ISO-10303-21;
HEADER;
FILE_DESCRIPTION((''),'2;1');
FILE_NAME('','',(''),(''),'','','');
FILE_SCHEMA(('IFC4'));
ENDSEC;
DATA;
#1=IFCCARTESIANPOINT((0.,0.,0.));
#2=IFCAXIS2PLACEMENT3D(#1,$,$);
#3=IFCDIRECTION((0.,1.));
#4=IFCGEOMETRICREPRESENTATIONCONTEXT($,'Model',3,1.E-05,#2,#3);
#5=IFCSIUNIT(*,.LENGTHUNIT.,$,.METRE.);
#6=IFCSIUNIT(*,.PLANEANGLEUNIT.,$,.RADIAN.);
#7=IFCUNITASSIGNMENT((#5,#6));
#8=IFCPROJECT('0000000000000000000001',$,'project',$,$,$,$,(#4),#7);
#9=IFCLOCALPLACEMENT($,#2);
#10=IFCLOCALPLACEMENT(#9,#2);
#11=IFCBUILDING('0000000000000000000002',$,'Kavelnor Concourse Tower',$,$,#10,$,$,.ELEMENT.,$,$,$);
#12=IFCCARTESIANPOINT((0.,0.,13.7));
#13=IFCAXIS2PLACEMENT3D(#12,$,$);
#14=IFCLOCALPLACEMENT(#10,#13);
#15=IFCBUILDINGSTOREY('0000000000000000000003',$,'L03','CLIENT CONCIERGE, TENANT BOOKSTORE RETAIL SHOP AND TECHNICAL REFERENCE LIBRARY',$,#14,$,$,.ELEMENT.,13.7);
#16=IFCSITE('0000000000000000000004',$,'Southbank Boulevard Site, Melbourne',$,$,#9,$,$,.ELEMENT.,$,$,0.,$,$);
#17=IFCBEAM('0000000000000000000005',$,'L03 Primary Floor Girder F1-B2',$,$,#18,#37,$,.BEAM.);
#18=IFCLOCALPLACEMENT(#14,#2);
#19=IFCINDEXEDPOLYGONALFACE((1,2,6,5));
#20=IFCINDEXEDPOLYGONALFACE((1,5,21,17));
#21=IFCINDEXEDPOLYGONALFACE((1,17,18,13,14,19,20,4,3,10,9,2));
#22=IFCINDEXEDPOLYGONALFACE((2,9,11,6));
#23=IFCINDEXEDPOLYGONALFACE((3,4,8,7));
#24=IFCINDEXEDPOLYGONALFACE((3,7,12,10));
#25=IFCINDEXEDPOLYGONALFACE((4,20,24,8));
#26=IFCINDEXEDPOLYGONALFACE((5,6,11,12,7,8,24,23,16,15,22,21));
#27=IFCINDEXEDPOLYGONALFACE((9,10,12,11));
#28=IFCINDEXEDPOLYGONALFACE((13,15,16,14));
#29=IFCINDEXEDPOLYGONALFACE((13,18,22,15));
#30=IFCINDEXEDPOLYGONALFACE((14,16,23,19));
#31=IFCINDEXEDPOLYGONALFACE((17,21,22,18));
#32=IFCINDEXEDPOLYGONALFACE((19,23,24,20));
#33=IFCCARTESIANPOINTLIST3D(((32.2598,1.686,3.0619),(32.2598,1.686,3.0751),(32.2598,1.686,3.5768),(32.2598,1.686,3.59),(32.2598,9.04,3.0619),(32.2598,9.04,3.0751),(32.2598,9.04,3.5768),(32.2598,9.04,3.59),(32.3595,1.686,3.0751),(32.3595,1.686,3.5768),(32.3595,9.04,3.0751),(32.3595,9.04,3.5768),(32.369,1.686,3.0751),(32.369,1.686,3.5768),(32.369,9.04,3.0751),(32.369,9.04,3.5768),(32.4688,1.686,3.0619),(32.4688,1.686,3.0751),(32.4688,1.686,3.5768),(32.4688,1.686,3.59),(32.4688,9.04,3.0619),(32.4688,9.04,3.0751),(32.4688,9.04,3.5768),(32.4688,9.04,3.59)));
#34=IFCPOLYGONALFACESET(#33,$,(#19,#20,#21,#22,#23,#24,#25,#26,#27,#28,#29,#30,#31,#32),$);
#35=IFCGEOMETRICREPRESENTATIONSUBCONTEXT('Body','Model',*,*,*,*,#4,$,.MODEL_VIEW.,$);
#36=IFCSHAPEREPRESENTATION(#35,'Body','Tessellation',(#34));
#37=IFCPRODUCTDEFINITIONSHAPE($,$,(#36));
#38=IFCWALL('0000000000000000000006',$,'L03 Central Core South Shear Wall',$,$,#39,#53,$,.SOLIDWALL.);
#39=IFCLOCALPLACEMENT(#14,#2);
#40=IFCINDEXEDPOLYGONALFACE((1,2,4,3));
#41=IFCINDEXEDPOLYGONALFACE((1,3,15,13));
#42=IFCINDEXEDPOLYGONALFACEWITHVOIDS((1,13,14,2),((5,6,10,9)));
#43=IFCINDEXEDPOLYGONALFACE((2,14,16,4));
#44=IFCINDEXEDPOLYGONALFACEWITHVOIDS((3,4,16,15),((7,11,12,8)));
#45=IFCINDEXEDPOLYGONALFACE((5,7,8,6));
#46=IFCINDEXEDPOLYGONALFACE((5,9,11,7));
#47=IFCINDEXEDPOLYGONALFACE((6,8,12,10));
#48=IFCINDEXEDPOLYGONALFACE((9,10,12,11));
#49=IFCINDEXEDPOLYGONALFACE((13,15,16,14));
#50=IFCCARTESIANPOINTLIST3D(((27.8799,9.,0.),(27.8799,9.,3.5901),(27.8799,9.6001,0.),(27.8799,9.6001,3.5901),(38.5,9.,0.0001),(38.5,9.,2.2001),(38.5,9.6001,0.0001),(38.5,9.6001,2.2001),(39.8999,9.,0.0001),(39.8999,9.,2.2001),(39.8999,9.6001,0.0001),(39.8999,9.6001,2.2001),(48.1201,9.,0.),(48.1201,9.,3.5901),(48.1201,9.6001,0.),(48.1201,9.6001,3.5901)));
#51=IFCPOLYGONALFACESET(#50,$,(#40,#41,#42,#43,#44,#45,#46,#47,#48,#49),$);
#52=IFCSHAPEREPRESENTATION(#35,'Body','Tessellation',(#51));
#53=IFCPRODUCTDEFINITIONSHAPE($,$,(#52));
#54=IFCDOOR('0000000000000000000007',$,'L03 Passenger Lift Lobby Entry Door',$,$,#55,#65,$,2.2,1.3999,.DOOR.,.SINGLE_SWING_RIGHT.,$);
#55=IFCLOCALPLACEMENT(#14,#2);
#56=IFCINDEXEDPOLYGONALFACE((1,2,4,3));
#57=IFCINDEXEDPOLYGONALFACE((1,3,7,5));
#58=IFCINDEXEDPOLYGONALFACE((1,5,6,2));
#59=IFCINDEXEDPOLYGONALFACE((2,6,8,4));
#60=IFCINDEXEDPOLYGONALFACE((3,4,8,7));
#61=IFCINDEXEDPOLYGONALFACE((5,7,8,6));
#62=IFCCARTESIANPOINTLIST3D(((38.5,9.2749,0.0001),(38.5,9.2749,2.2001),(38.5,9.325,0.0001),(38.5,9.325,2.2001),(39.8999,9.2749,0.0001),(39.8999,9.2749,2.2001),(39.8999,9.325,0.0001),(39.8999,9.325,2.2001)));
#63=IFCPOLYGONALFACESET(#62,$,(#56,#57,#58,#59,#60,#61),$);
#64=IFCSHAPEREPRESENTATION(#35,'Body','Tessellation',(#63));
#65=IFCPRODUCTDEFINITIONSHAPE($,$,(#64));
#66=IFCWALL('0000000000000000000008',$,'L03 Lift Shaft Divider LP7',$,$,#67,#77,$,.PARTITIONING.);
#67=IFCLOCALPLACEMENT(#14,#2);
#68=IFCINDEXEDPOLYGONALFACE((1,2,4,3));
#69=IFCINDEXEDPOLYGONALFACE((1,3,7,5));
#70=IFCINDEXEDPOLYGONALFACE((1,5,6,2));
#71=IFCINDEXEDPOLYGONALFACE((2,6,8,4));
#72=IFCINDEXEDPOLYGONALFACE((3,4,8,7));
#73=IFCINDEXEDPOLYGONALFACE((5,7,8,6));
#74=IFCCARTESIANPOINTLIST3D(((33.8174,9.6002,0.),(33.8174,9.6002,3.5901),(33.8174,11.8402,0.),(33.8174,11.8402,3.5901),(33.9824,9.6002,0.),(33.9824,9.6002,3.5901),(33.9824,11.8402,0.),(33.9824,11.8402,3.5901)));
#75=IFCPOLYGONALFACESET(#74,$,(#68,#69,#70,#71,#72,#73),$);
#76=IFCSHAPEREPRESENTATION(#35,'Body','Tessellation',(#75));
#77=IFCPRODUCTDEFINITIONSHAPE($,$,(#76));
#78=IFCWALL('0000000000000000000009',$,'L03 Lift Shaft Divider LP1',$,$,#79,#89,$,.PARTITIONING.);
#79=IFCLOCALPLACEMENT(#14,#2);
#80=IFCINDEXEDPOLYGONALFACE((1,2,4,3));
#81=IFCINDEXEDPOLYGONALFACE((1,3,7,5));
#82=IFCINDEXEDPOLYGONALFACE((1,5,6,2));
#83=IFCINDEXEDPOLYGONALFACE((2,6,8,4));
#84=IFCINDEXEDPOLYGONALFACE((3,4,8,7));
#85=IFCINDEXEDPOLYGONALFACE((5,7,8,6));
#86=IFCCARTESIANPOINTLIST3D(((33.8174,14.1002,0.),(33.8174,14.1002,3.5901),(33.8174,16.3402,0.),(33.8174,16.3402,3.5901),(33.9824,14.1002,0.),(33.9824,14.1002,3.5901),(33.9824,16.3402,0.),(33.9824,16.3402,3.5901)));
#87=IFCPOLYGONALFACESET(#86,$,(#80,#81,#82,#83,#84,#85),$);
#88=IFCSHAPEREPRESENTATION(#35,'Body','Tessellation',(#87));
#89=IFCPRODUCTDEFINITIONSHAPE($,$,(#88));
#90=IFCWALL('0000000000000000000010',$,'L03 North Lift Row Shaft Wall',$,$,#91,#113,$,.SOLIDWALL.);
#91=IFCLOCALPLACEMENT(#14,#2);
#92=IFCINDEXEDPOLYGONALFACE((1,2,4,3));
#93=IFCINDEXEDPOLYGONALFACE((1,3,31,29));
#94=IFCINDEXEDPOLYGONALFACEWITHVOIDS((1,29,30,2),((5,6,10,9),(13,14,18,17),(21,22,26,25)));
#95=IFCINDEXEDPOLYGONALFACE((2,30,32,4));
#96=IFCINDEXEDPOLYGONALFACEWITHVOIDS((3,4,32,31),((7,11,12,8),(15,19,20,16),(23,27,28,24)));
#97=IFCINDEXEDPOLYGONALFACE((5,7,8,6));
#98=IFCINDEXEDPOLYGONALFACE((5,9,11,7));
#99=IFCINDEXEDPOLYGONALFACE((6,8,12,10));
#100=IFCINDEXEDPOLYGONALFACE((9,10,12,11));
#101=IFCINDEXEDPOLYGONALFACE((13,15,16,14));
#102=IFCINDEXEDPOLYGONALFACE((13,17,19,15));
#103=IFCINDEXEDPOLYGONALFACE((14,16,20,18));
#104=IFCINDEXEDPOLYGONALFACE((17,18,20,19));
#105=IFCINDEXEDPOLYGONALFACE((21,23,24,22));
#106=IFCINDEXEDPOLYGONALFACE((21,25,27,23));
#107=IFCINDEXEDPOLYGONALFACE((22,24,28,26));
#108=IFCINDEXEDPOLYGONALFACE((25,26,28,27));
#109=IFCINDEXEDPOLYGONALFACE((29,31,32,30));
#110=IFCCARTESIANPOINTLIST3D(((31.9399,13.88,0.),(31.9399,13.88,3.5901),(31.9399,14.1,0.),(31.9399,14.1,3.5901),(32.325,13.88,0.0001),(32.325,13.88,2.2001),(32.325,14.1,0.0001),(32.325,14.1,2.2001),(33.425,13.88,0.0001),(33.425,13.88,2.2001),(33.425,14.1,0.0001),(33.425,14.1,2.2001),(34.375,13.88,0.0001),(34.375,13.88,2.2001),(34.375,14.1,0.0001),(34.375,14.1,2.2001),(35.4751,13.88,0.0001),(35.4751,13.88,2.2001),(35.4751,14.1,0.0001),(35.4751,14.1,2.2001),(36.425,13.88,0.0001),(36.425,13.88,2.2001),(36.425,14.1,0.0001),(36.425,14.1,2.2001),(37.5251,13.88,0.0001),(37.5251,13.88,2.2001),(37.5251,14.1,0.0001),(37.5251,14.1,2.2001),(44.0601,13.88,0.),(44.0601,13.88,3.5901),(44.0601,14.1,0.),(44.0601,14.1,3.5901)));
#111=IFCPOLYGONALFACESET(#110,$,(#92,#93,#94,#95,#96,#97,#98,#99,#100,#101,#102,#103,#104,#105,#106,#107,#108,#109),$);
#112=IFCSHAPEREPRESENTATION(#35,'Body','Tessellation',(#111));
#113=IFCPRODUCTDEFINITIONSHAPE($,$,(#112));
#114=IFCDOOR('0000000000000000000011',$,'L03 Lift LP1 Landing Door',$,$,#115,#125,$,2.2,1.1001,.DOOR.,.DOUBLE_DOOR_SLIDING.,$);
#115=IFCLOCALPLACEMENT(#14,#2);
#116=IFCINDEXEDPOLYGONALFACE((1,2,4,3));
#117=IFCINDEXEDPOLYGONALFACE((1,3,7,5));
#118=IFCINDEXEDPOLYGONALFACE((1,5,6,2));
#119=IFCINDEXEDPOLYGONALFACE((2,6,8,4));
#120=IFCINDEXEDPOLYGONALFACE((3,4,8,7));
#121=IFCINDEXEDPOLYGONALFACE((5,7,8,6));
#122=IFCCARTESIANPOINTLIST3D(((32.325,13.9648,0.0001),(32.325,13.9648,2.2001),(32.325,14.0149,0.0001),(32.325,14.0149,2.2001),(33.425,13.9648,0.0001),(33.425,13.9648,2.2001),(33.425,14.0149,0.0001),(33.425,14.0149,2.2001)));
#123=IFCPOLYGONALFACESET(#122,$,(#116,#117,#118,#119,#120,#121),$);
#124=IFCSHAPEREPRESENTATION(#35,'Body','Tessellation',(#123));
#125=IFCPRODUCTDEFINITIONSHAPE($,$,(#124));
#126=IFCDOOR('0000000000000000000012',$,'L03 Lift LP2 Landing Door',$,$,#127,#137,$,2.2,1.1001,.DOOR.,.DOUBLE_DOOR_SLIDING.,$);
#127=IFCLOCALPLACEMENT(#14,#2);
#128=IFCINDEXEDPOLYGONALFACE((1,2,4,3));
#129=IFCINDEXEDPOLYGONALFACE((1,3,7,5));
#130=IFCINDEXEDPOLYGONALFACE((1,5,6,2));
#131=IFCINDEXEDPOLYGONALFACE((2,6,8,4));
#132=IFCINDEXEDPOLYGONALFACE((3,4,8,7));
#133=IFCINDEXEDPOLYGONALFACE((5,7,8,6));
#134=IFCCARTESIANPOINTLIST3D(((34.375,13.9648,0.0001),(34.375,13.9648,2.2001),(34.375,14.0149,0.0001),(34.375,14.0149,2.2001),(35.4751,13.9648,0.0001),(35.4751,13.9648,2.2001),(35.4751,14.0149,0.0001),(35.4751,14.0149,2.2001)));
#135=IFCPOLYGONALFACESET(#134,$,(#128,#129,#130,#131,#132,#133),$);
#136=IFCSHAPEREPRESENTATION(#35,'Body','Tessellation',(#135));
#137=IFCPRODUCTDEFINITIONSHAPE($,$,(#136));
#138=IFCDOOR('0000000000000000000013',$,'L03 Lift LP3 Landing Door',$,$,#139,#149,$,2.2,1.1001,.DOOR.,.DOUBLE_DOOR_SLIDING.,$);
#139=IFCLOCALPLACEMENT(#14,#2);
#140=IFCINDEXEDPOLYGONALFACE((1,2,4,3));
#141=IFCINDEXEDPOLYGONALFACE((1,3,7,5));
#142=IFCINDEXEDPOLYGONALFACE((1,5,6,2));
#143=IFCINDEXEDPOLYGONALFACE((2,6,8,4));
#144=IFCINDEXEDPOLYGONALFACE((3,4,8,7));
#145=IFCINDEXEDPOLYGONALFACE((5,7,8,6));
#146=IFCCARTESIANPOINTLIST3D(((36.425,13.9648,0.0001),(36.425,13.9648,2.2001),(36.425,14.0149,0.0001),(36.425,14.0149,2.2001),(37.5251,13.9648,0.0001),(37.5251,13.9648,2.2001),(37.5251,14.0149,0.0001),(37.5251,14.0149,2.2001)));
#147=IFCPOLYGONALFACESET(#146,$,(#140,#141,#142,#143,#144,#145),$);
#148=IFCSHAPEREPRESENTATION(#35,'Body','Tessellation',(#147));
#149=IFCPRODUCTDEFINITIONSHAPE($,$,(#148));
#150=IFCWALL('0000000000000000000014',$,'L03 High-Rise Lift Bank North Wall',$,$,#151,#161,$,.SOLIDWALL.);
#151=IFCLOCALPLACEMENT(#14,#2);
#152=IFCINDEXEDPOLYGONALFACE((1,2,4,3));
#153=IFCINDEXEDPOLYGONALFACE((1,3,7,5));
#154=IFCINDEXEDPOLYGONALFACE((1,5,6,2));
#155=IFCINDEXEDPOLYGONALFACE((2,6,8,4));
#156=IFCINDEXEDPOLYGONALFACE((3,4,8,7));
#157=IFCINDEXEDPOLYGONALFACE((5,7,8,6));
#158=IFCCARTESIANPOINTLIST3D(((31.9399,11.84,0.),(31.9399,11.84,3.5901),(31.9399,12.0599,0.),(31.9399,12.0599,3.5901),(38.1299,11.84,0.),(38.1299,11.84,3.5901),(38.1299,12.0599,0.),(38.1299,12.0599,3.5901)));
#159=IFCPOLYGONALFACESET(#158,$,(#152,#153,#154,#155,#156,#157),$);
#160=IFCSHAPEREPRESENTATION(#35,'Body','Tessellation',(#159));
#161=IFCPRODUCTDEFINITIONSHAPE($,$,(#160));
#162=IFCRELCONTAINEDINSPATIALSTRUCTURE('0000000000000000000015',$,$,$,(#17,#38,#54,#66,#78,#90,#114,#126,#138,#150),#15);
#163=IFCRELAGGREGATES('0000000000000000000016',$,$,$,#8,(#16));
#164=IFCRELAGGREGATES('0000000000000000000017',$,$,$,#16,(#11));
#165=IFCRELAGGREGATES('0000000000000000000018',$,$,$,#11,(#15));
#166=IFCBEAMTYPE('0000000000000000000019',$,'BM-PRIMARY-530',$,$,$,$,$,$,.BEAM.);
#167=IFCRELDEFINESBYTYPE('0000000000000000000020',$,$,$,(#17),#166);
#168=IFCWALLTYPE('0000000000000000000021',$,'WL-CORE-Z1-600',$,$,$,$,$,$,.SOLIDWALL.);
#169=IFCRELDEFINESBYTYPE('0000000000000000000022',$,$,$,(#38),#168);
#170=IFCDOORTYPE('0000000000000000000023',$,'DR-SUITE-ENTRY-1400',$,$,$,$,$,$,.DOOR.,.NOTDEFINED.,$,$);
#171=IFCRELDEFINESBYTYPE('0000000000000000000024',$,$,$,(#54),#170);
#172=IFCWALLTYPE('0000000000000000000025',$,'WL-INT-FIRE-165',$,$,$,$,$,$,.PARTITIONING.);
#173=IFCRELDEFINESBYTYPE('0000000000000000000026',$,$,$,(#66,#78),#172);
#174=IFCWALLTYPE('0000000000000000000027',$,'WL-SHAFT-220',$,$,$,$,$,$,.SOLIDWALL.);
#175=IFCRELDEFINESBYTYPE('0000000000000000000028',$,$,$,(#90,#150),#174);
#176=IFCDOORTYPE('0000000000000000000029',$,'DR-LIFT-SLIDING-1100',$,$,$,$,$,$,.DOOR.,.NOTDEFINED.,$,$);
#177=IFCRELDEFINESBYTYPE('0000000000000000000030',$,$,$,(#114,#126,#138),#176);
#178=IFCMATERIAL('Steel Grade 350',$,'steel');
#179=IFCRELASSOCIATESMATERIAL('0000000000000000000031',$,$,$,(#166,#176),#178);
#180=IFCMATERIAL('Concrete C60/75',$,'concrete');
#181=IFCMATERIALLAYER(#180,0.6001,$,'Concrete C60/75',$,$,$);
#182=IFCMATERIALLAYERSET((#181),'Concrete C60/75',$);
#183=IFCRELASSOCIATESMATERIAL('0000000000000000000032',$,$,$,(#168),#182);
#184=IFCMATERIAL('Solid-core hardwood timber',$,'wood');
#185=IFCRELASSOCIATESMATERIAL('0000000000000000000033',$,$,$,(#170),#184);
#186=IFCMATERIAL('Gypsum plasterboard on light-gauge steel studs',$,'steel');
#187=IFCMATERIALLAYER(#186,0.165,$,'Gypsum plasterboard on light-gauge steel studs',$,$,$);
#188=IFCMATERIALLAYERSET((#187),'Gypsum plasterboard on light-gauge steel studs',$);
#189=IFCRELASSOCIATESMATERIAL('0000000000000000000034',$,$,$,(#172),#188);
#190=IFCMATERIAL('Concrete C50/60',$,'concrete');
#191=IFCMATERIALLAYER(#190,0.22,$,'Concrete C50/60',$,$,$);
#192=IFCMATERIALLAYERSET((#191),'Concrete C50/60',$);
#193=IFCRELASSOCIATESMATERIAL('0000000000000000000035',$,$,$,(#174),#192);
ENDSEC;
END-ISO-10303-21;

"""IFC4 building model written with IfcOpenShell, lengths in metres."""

from ifc_helpers import new_model, si_unit, direction, frame, frame_2d, origin, origin_2d, place, context, subcontext, project, spatial, rectangle, i_section, extrude, material, layer, layer_set, material_profile, profile_set, type_object, element, fill, save


model = new_model("IFC4")

# Units and contexts
model_context = context("Model", 3, precision=1e-05, world=origin(), true_north=direction((0.0, 1.0)))
body_context = subcontext(model_context, "Body", "Model", "MODEL_VIEW")
ifc_project = project(units=[si_unit("LENGTHUNIT", "METRE"), si_unit("PLANEANGLEUNIT", "RADIAN")], contexts=[model_context])

# Site, building, storey
site_placement = place(None, origin())
site = spatial("IfcSite", under=ifc_project, at=site_placement, Name="Southbank Boulevard Site, Melbourne", CompositionType="ELEMENT", RefElevation=0.0)
building_placement = place(site_placement, origin())
building = spatial("IfcBuilding", under=site, at=building_placement, Name="Kavelnor Concourse Tower", CompositionType="ELEMENT")
storey_placement = place(building_placement, frame((0.0, 0.0, 13.7)))
storey = spatial("IfcBuildingStorey", under=building, at=storey_placement, Name="L03", Description="CLIENT CONCIERGE, TENANT BOOKSTORE RETAIL SHOP AND TECHNICAL REFERENCE LIBRARY", CompositionType="ELEMENT", Elevation=13.7)

# Beam
ifc_material_1 = material(Name="Steel Grade 350", Category="steel")
ifc_material_profile = material_profile(ifc_material_1, i_section(OverallWidth=0.209, OverallDepth=0.5281, WebThickness=0.0095, FlangeThickness=0.0132, at=origin_2d()), Name="530UB82")
ifc_profile_set = profile_set([ifc_material_profile], Name="Steel Grade 350")
beam_type = type_object("IfcBeamType", Name="BM-PRIMARY-530", PredefinedType="BEAM", material=ifc_profile_set)
beam_placement = place(storey_placement, frame((32.3643, 9.04, 3.3259), z_axis=(0.0, -1.0, 0.0), x_axis=(1.0, 0.0, 0.0)))
element("IfcBeam", 1, at=beam_placement, inside=storey, type_object=beam_type, Name="L03 Primary Floor Girder F1-B2", PredefinedType="BEAM", context=body_context, shape_type="SweptSolid", body=[
    extrude(i_section(OverallWidth=0.209, OverallDepth=0.5281, WebThickness=0.0095, FlangeThickness=0.0132, at=origin_2d()), origin(), (0.0, 0.0, 1.0), 7.354),
])

# Wall, opening, door
ifc_material_2 = material(Name="Concrete C60/75", Category="concrete")
ifc_layer_1 = layer(ifc_material_2, 0.6001, Name="Concrete C60/75")
ifc_layer_set_1 = layer_set([ifc_layer_1], Name="Concrete C60/75")
wall_type_1 = type_object("IfcWallType", Name="WL-CORE-Z1-600", PredefinedType="SOLIDWALL", material=ifc_layer_set_1)
wall_1_placement = place(storey_placement, frame((27.8799, 9.3, 0.0), z_axis=(0.0, 0.0, 1.0), x_axis=(1.0, 0.0, 0.0)))
wall_1 = element("IfcWall", 2, at=wall_1_placement, inside=storey, type_object=wall_type_1, Name="L03 Central Core South Shear Wall", PredefinedType="SOLIDWALL", context=body_context, shape_type="SweptSolid", body=[
    extrude(rectangle(XDim=20.2402, YDim=0.6001, at=frame_2d((10.1201, 0.0))), origin(), (0.0, 0.0, 1.0), 3.5901),
])
opening_1_placement = place(wall_1_placement, frame((10.6201, 0.0, 0.0)))
opening_1 = element("IfcOpeningElement", 3, at=opening_1_placement, cuts=wall_1, PredefinedType="OPENING", context=body_context, shape_type="SweptSolid", body=[
    extrude(rectangle(XDim=1.3999, YDim=2.2, at=frame_2d((0.7, 1.1001))), frame((0.0, 0.3101, 0.0), z_axis=(0.0, -1.0, 0.0), x_axis=(1.0, 0.0, 0.0)), (0.0, 0.0, 1.0), 0.6201),
])
ifc_material_3 = material(Name="Solid-core hardwood timber", Category="wood")
door_type_1 = type_object("IfcDoorType", Name="DR-SUITE-ENTRY-1400", OperationType="NOTDEFINED", PredefinedType="DOOR", material=ifc_material_3)
door_1_placement = place(opening_1_placement, origin())
door_1 = element("IfcDoor", 4, at=door_1_placement, inside=storey, type_object=door_type_1, Name="L03 Passenger Lift Lobby Entry Door", OperationType="SINGLE_SWING_RIGHT", OverallHeight=2.2, OverallWidth=1.3999, PredefinedType="DOOR", context=body_context, shape_type="SweptSolid", body=[
    extrude(rectangle(XDim=1.3999, YDim=2.2, at=frame_2d((0.7, 1.1001))), frame((0.0, 0.0249, 0.0), z_axis=(0.0, -1.0, 0.0), x_axis=(1.0, 0.0, 0.0)), (0.0, 0.0, 1.0), 0.05),
])
fill(opening_1, door_1)

# Walls
ifc_material_4 = material(Name="Gypsum plasterboard on light-gauge steel studs", Category="steel")
ifc_layer_2 = layer(ifc_material_4, 0.165, Name="Gypsum plasterboard on light-gauge steel studs")
ifc_layer_set_2 = layer_set([ifc_layer_2], Name="Gypsum plasterboard on light-gauge steel studs")
wall_type_2 = type_object("IfcWallType", Name="WL-INT-FIRE-165", PredefinedType="PARTITIONING", material=ifc_layer_set_2)
for number, where, z_axis, x_axis, name in (
    (5, (33.8999, 9.6001, 0.0), (0.0, 0.0, 1.0), (0.0, 1.0, 0.0), "L03 Lift Shaft Divider LP7"),
    (6, (33.8999, 14.1001, 0.0), (0.0, 0.0, 1.0), (0.0, 1.0, 0.0), "L03 Lift Shaft Divider LP1"),
):
    element("IfcWall", number, at=place(storey_placement, frame(where, z_axis=z_axis, x_axis=x_axis)), inside=storey, type_object=wall_type_2, Name=name, PredefinedType="PARTITIONING", context=body_context, shape_type="SweptSolid", body=[
        extrude(rectangle(XDim=2.24, YDim=0.165, at=frame_2d((1.1201, 0.0))), origin(), (0.0, 0.0, 1.0), 3.5901),
    ])

# Wall, openings, doors
ifc_material_5 = material(Name="Concrete C50/60", Category="concrete")
ifc_layer_3 = layer(ifc_material_5, 0.22, Name="Concrete C50/60")
ifc_layer_set_3 = layer_set([ifc_layer_3], Name="Concrete C50/60")
wall_type_3 = type_object("IfcWallType", Name="WL-SHAFT-220", PredefinedType="SOLIDWALL", material=ifc_layer_set_3)
wall_2_placement = place(storey_placement, frame((31.9399, 13.99, 0.0), z_axis=(0.0, 0.0, 1.0), x_axis=(1.0, 0.0, 0.0)))
wall_2 = element("IfcWall", 7, at=wall_2_placement, inside=storey, type_object=wall_type_3, Name="L03 North Lift Row Shaft Wall", PredefinedType="SOLIDWALL", context=body_context, shape_type="SweptSolid", body=[
    extrude(rectangle(XDim=12.1201, YDim=0.22, at=frame_2d((6.0601, 0.0))), origin(), (0.0, 0.0, 1.0), 3.5901),
])
opening_2_placement = place(wall_2_placement, frame((0.385, 0.0, 0.0)))
opening_2 = element("IfcOpeningElement", 8, at=opening_2_placement, cuts=wall_2, PredefinedType="OPENING", context=body_context, shape_type="SweptSolid", body=[
    extrude(rectangle(XDim=1.1001, YDim=2.2, at=frame_2d((0.55, 1.1001))), frame((0.0, 0.1201, 0.0), z_axis=(0.0, -1.0, 0.0), x_axis=(1.0, 0.0, 0.0)), (0.0, 0.0, 1.0), 0.24),
])
opening_3_placement = place(wall_2_placement, frame((2.4351, 0.0, 0.0)))
opening_3 = element("IfcOpeningElement", 9, at=opening_3_placement, cuts=wall_2, PredefinedType="OPENING", context=body_context, shape_type="SweptSolid", body=[
    extrude(rectangle(XDim=1.1001, YDim=2.2, at=frame_2d((0.55, 1.1001))), frame((0.0, 0.1201, 0.0), z_axis=(0.0, -1.0, 0.0), x_axis=(1.0, 0.0, 0.0)), (0.0, 0.0, 1.0), 0.24),
])
opening_4_placement = place(wall_2_placement, frame((4.4851, 0.0, 0.0)))
opening_4 = element("IfcOpeningElement", 10, at=opening_4_placement, cuts=wall_2, PredefinedType="OPENING", context=body_context, shape_type="SweptSolid", body=[
    extrude(rectangle(XDim=1.1001, YDim=2.2, at=frame_2d((0.55, 1.1001))), frame((0.0, 0.1201, 0.0), z_axis=(0.0, -1.0, 0.0), x_axis=(1.0, 0.0, 0.0)), (0.0, 0.0, 1.0), 0.24),
])
door_type_2 = type_object("IfcDoorType", Name="DR-LIFT-SLIDING-1100", OperationType="NOTDEFINED", PredefinedType="DOOR", material=ifc_material_1)
door_2_placement = place(opening_2_placement, origin())
door_2 = element("IfcDoor", 11, at=door_2_placement, inside=storey, type_object=door_type_2, Name="L03 Lift LP1 Landing Door", OperationType="DOUBLE_DOOR_SLIDING", OverallHeight=2.2, OverallWidth=1.1001, PredefinedType="DOOR", context=body_context, shape_type="SweptSolid", body=[
    extrude(rectangle(XDim=1.1001, YDim=2.2, at=frame_2d((0.55, 1.1001))), frame((0.0, 0.0249, 0.0), z_axis=(0.0, -1.0, 0.0), x_axis=(1.0, 0.0, 0.0)), (0.0, 0.0, 1.0), 0.05),
])
fill(opening_2, door_2)
door_3_placement = place(opening_3_placement, origin())
door_3 = element("IfcDoor", 12, at=door_3_placement, inside=storey, type_object=door_type_2, Name="L03 Lift LP2 Landing Door", OperationType="DOUBLE_DOOR_SLIDING", OverallHeight=2.2, OverallWidth=1.1001, PredefinedType="DOOR", context=body_context, shape_type="SweptSolid", body=[
    extrude(rectangle(XDim=1.1001, YDim=2.2, at=frame_2d((0.55, 1.1001))), frame((0.0, 0.0249, 0.0), z_axis=(0.0, -1.0, 0.0), x_axis=(1.0, 0.0, 0.0)), (0.0, 0.0, 1.0), 0.05),
])
fill(opening_3, door_3)
door_4_placement = place(opening_4_placement, origin())
door_4 = element("IfcDoor", 13, at=door_4_placement, inside=storey, type_object=door_type_2, Name="L03 Lift LP3 Landing Door", OperationType="DOUBLE_DOOR_SLIDING", OverallHeight=2.2, OverallWidth=1.1001, PredefinedType="DOOR", context=body_context, shape_type="SweptSolid", body=[
    extrude(rectangle(XDim=1.1001, YDim=2.2, at=frame_2d((0.55, 1.1001))), frame((0.0, 0.0249, 0.0), z_axis=(0.0, -1.0, 0.0), x_axis=(1.0, 0.0, 0.0)), (0.0, 0.0, 1.0), 0.05),
])
fill(opening_4, door_4)

# Wall
wall_3_placement = place(storey_placement, frame((31.9399, 11.95, 0.0), z_axis=(0.0, 0.0, 1.0), x_axis=(1.0, 0.0, 0.0)))
element("IfcWall", 14, at=wall_3_placement, inside=storey, type_object=wall_type_3, Name="L03 High-Rise Lift Bank North Wall", PredefinedType="SOLIDWALL", context=body_context, shape_type="SweptSolid", body=[
    extrude(rectangle(XDim=6.1899, YDim=0.22, at=frame_2d((3.095, 0.0))), origin(), (0.0, 0.0, 1.0), 3.5901),
])

save(model, "model.ifc")
